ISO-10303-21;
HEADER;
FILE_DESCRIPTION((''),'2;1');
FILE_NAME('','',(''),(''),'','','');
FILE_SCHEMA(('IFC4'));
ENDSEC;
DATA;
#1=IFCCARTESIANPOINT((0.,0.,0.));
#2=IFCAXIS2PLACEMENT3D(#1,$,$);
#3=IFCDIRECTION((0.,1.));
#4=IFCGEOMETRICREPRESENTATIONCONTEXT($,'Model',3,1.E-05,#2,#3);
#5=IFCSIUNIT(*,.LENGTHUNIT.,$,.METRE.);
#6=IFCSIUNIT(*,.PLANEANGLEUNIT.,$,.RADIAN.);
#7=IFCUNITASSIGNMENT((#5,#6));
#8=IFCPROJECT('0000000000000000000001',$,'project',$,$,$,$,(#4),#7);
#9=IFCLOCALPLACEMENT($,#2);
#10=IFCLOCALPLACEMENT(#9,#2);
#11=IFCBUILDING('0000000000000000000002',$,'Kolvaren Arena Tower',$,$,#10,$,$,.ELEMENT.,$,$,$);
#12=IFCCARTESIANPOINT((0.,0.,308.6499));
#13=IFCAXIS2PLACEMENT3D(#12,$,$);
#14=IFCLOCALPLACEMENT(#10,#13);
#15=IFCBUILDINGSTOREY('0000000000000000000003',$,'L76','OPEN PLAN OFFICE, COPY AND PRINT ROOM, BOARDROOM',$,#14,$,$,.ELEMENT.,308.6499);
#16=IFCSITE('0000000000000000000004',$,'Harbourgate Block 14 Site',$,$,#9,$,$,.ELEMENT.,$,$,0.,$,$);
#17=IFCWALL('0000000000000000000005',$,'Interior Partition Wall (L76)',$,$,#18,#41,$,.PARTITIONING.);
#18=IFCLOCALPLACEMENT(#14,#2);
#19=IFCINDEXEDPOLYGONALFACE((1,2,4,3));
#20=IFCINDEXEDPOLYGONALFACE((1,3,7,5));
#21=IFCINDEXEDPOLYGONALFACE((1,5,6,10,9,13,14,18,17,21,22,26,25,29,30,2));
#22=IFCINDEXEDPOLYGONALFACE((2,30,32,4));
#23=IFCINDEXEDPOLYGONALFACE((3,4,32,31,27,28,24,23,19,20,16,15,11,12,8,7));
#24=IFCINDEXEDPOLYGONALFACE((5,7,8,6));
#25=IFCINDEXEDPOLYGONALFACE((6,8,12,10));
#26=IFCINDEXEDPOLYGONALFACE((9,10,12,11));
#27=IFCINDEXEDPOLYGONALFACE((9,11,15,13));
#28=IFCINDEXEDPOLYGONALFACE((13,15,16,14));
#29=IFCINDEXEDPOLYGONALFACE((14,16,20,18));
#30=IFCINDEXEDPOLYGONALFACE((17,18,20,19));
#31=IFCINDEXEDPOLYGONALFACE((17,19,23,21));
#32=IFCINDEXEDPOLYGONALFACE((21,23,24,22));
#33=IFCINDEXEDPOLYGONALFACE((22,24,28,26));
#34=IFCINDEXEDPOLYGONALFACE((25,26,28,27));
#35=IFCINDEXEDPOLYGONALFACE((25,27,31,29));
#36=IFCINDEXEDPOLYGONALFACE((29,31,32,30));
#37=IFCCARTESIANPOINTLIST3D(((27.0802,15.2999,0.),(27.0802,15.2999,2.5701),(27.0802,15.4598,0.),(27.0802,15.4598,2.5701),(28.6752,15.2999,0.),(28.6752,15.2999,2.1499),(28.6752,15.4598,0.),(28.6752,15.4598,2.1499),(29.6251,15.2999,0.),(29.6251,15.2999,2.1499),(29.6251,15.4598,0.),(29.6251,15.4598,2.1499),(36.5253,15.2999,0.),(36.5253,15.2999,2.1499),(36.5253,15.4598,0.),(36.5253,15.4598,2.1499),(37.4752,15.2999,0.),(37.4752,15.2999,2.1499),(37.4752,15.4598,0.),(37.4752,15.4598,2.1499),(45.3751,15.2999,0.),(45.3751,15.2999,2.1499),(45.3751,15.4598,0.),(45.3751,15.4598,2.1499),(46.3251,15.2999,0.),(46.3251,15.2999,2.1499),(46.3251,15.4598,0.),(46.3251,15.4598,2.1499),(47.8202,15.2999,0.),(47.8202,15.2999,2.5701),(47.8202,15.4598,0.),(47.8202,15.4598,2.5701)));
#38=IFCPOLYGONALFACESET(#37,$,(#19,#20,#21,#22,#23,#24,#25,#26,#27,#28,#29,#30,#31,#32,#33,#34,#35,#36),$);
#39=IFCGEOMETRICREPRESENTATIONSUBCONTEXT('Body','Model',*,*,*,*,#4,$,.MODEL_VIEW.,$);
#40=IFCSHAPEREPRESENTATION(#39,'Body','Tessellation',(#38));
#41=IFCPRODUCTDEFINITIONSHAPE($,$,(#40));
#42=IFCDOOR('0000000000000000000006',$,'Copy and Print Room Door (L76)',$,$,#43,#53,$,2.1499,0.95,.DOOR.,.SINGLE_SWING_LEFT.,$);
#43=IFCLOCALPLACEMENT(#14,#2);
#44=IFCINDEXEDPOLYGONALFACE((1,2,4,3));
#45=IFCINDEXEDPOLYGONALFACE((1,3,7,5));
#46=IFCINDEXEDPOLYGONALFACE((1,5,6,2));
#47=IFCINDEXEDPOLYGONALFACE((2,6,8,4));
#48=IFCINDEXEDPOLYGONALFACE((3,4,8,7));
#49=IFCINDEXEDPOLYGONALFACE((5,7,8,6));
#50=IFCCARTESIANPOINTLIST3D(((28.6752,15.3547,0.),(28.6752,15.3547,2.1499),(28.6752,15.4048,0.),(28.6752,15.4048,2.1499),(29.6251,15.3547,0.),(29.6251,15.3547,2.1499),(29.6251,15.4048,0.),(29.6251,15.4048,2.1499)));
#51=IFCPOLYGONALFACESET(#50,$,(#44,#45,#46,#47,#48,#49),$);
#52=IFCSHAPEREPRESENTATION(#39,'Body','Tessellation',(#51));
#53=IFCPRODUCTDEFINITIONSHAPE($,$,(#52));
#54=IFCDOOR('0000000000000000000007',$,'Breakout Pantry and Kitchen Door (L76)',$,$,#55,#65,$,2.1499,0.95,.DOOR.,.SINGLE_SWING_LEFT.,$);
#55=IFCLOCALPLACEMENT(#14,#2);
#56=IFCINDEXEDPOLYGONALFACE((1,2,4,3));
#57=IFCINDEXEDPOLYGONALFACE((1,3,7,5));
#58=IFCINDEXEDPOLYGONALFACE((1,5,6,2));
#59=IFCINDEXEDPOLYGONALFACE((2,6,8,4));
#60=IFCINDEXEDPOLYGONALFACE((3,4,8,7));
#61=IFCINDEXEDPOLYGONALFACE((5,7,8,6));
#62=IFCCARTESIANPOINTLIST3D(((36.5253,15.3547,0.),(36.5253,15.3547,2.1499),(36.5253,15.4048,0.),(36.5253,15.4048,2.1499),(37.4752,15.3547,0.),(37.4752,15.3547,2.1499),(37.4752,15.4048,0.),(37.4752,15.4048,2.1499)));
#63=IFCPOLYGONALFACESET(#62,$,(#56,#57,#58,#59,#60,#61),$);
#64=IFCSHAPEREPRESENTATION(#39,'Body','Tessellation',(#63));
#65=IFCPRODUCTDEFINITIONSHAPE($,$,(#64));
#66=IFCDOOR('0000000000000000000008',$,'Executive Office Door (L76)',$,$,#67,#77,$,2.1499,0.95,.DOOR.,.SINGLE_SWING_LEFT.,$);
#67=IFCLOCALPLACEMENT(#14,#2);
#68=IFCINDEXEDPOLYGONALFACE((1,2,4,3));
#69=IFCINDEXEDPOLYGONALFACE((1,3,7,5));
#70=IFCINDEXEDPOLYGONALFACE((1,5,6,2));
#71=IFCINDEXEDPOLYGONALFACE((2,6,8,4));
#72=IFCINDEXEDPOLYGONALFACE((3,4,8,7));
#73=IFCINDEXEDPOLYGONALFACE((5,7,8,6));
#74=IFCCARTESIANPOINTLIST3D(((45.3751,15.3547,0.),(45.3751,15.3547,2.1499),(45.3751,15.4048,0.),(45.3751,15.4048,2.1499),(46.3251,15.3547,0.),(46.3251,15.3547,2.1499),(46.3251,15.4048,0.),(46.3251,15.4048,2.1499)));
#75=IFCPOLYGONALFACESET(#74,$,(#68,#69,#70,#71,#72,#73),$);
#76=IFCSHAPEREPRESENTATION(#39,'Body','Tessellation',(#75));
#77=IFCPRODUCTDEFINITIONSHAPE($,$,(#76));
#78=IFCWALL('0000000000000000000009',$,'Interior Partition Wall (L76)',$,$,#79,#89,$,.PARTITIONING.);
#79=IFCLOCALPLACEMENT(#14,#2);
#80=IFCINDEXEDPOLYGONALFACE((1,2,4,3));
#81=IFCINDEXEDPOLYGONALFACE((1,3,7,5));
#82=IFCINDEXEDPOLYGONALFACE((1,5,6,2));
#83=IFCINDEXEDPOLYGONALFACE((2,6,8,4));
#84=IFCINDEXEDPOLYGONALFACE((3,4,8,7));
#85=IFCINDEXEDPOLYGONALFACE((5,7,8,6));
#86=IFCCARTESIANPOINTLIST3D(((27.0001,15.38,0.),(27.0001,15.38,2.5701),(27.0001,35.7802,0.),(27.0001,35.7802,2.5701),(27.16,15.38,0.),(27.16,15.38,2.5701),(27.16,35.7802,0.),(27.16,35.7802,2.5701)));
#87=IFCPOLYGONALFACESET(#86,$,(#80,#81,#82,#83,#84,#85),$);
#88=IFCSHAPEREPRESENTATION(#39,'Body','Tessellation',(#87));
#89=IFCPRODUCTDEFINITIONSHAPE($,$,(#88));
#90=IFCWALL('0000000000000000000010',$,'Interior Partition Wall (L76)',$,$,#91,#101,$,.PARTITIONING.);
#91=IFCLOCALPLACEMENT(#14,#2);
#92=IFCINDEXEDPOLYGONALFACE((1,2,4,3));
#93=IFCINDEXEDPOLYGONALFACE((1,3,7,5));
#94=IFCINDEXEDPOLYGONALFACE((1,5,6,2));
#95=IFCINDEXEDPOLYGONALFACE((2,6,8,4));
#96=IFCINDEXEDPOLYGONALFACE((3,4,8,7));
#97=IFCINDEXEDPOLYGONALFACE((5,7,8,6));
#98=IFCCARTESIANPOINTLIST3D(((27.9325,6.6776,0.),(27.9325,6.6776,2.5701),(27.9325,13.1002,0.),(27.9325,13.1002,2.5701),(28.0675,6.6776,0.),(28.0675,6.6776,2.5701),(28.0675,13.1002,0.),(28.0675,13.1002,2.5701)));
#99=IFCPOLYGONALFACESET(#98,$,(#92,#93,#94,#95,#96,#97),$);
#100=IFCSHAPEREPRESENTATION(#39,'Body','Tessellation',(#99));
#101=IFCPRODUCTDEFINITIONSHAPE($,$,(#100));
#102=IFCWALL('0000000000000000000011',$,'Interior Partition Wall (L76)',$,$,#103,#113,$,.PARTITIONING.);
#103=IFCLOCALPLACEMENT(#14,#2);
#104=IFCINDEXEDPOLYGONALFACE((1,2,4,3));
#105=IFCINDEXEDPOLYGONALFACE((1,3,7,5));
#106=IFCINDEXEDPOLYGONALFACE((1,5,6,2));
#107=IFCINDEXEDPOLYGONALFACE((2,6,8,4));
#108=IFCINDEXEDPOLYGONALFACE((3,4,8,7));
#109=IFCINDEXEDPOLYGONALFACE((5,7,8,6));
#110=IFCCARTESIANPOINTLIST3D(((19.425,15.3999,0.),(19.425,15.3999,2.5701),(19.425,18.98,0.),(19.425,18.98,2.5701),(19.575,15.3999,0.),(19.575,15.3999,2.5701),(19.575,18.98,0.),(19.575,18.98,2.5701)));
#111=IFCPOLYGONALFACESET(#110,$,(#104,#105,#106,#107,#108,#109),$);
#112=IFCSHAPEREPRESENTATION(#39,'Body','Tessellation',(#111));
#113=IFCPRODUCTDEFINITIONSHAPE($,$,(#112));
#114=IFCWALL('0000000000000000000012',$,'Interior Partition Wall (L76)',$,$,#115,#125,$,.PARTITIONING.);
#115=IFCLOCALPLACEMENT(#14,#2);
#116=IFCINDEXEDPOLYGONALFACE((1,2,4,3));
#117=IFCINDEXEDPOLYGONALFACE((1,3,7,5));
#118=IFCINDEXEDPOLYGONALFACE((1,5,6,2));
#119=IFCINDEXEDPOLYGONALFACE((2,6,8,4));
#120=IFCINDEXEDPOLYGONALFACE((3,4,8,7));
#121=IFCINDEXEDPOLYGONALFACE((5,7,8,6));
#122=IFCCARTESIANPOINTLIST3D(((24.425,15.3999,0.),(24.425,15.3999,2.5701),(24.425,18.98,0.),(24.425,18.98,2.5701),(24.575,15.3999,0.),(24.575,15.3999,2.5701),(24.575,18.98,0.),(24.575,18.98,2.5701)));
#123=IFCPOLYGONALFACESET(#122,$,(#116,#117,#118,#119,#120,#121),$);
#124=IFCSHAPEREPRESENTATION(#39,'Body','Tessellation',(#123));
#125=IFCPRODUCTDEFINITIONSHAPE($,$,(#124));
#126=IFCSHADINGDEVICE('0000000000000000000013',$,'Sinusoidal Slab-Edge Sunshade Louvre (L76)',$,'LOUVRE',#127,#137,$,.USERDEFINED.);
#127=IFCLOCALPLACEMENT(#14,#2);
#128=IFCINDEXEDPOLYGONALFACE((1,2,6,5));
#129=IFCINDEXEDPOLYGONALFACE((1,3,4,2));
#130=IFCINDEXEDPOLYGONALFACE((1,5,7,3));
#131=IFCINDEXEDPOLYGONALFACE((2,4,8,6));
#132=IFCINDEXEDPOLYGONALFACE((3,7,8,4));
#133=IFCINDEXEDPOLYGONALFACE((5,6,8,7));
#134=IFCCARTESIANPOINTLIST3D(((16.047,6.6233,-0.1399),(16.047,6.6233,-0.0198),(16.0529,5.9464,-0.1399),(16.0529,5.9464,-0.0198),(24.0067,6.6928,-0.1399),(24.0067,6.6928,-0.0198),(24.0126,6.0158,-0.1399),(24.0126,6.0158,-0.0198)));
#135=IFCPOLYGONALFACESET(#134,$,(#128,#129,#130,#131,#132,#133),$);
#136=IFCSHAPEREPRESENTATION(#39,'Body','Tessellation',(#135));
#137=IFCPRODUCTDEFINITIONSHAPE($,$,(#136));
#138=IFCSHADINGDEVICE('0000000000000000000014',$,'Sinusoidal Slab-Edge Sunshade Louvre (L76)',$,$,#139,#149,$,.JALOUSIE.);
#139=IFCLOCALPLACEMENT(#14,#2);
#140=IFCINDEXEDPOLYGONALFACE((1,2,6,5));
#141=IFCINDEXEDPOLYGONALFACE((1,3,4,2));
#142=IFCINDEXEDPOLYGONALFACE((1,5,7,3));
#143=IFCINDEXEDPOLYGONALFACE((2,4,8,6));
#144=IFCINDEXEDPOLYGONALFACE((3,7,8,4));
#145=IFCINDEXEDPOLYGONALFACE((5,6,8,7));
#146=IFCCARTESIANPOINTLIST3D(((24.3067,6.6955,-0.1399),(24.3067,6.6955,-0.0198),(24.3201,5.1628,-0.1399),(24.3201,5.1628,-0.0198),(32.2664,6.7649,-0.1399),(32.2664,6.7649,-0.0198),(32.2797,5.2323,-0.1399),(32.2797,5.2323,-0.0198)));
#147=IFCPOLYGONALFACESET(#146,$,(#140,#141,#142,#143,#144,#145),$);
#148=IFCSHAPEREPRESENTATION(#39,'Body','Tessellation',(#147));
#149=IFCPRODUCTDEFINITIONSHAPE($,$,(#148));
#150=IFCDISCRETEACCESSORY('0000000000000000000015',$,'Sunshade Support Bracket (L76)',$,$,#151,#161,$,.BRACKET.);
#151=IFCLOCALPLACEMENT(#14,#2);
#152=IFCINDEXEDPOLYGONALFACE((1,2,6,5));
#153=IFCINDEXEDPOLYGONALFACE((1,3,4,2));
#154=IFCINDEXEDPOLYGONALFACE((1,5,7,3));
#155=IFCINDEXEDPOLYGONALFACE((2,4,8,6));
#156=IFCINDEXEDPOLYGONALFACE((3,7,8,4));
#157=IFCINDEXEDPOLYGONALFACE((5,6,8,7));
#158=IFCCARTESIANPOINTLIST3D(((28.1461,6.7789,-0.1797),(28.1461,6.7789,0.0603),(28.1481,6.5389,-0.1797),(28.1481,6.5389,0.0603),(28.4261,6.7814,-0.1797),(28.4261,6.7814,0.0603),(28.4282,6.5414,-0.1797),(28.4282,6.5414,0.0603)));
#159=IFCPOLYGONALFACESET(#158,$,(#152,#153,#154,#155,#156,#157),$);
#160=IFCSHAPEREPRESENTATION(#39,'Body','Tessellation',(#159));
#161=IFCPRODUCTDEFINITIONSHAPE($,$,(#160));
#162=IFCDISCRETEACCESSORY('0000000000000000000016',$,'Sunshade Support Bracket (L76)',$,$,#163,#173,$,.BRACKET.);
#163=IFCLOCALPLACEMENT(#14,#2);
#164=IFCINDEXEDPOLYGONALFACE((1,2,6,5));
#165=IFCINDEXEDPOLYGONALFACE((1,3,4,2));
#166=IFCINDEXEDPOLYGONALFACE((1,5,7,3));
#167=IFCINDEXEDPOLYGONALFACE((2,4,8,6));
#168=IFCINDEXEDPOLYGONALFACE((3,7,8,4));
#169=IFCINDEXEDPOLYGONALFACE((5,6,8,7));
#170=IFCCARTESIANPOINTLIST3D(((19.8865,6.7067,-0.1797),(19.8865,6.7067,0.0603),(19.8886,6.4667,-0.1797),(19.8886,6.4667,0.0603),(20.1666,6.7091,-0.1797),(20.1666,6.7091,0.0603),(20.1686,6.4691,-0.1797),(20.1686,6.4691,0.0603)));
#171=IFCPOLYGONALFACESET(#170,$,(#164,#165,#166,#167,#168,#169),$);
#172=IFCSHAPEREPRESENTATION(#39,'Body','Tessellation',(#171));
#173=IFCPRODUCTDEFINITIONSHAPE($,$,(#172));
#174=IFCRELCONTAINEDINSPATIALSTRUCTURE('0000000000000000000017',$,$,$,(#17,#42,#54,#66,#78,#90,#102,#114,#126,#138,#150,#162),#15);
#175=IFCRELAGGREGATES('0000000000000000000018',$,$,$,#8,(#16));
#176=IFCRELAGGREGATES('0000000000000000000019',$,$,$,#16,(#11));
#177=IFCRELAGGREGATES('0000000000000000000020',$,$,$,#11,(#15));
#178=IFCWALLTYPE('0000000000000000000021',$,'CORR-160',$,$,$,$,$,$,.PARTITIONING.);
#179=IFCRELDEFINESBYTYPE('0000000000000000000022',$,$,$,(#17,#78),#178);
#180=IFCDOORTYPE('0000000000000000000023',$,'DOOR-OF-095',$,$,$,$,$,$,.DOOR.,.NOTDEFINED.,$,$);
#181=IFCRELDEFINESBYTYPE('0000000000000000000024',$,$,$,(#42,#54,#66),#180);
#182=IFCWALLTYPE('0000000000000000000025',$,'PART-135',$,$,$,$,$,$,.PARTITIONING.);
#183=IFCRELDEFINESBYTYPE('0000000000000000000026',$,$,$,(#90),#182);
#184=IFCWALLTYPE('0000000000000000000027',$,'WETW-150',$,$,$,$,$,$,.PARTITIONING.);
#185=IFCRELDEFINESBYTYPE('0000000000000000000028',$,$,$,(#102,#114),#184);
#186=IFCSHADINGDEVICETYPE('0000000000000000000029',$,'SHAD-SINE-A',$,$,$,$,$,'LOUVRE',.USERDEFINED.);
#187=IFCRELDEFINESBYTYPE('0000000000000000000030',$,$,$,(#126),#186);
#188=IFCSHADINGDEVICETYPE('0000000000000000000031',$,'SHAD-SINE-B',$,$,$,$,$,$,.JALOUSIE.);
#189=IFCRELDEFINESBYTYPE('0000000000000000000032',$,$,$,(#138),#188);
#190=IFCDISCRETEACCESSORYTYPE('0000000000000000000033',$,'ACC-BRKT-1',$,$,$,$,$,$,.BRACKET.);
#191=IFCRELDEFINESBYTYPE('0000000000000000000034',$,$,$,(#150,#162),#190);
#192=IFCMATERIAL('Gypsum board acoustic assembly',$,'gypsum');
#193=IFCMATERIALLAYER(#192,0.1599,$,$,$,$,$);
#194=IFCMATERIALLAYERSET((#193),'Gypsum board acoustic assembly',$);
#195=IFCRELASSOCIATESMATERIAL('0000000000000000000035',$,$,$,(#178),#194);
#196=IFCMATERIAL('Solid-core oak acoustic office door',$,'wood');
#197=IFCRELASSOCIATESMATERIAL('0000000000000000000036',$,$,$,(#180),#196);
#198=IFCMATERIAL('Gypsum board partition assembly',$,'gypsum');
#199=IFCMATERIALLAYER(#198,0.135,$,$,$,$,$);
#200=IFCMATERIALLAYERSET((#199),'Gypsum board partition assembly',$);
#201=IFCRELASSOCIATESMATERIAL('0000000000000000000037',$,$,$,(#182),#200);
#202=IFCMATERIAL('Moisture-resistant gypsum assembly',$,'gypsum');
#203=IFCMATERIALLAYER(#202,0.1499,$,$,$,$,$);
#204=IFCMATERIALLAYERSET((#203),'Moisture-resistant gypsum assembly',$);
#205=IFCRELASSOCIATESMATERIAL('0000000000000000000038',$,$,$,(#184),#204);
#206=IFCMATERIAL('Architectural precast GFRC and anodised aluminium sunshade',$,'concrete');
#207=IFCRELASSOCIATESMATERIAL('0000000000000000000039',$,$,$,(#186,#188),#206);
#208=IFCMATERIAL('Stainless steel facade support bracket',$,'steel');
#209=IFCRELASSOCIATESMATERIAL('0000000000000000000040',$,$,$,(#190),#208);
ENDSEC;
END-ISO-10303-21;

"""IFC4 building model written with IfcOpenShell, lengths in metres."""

from ifc_helpers import new_model, si_unit, direction, frame, frame_2d, origin, origin_2d, place, context, subcontext, project, spatial, rectangle, extrude, material, layer, layer_set, type_object, element, fill, save


model = new_model("IFC4")

# Units and contexts
model_context = context("Model", 3, precision=1e-05, world=origin(), true_north=direction((0.0, 1.0)))
body_context = subcontext(model_context, "Body", "Model", "MODEL_VIEW")
ifc_project = project(units=[si_unit("LENGTHUNIT", "METRE"), si_unit("PLANEANGLEUNIT", "RADIAN")], contexts=[model_context])

# Site, building, storey
site_placement = place(None, origin())
site = spatial("IfcSite", under=ifc_project, at=site_placement, Name="Harbourgate Block 14 Site", CompositionType="ELEMENT", RefElevation=0.0)
building_placement = place(site_placement, origin())
building = spatial("IfcBuilding", under=site, at=building_placement, Name="Kolvaren Arena Tower", CompositionType="ELEMENT")
storey_placement = place(building_placement, frame((0.0, 0.0, 308.6499)))
storey = spatial("IfcBuildingStorey", under=building, at=storey_placement, Name="L76", Description="OPEN PLAN OFFICE, COPY AND PRINT ROOM, BOARDROOM", CompositionType="ELEMENT", Elevation=308.6499)

# Wall, openings, doors
ifc_material_1 = material(Name="Gypsum board acoustic assembly", Category="gypsum")
ifc_layer_1 = layer(ifc_material_1, 0.1599)
ifc_layer_set_1 = layer_set([ifc_layer_1], Name="Gypsum board acoustic assembly")
wall_type_1 = type_object("IfcWallType", Name="CORR-160", PredefinedType="PARTITIONING", material=ifc_layer_set_1)
wall_1_placement = place(storey_placement, frame((27.0801, 15.3799, 0.0), z_axis=(0.0, 0.0, 1.0), x_axis=(1.0, 0.0, 0.0)))
wall_1 = element("IfcWall", 1, at=wall_1_placement, inside=storey, type_object=wall_type_1, Name="Interior Partition Wall (L76)", PredefinedType="PARTITIONING", context=body_context, shape_type="SweptSolid", body=[
    extrude(rectangle(XDim=20.74, YDim=0.1599, at=frame_2d((10.3701, 0.0))), origin(), (0.0, 0.0, 1.0), 2.5701),
])
opening_1_placement = place(wall_1_placement, frame((1.595, 0.0, 0.0)))
opening_1 = element("IfcOpeningElement", 2, at=opening_1_placement, cuts=wall_1, PredefinedType="OPENING", context=body_context, shape_type="SweptSolid", body=[
    extrude(rectangle(XDim=0.95, YDim=2.1499, at=frame_2d((0.4751, 1.075))), frame((0.0, 0.0898, 0.0), z_axis=(0.0, -1.0, 0.0), x_axis=(1.0, 0.0, 0.0)), (0.0, 0.0, 1.0), 0.1799),
])
opening_2_placement = place(wall_1_placement, frame((9.4451, 0.0, 0.0)))
opening_2 = element("IfcOpeningElement", 3, at=opening_2_placement, cuts=wall_1, PredefinedType="OPENING", context=body_context, shape_type="SweptSolid", body=[
    extrude(rectangle(XDim=0.95, YDim=2.1499, at=frame_2d((0.4751, 1.075))), frame((0.0, 0.0898, 0.0), z_axis=(0.0, -1.0, 0.0), x_axis=(1.0, 0.0, 0.0)), (0.0, 0.0, 1.0), 0.1799),
])
opening_3_placement = place(wall_1_placement, frame((18.2949, 0.0, 0.0)))
opening_3 = element("IfcOpeningElement", 4, at=opening_3_placement, cuts=wall_1, PredefinedType="OPENING", context=body_context, shape_type="SweptSolid", body=[
    extrude(rectangle(XDim=0.95, YDim=2.1499, at=frame_2d((0.4751, 1.075))), frame((0.0, 0.0898, 0.0), z_axis=(0.0, -1.0, 0.0), x_axis=(1.0, 0.0, 0.0)), (0.0, 0.0, 1.0), 0.1799),
])
ifc_material_2 = material(Name="Solid-core oak acoustic office door", Category="wood")
door_type = type_object("IfcDoorType", Name="DOOR-OF-095", OperationType="NOTDEFINED", PredefinedType="DOOR", material=ifc_material_2)
door_1_placement = place(opening_1_placement, origin())
door_1 = element("IfcDoor", 5, at=door_1_placement, inside=storey, type_object=door_type, Name="Copy and Print Room Door (L76)", OperationType="SINGLE_SWING_LEFT", OverallHeight=2.1499, OverallWidth=0.95, PredefinedType="DOOR", context=body_context, shape_type="SweptSolid", body=[
    extrude(rectangle(XDim=0.95, YDim=2.1499, at=frame_2d((0.4751, 1.075))), frame((0.0, 0.0249, 0.0), z_axis=(0.0, -1.0, 0.0), x_axis=(1.0, 0.0, 0.0)), (0.0, 0.0, 1.0), 0.05),
])
fill(opening_1, door_1)
door_2_placement = place(opening_2_placement, origin())
door_2 = element("IfcDoor", 6, at=door_2_placement, inside=storey, type_object=door_type, Name="Breakout Pantry and Kitchen Door (L76)", OperationType="SINGLE_SWING_LEFT", OverallHeight=2.1499, OverallWidth=0.95, PredefinedType="DOOR", context=body_context, shape_type="SweptSolid", body=[
    extrude(rectangle(XDim=0.95, YDim=2.1499, at=frame_2d((0.4751, 1.075))), frame((0.0, 0.0249, 0.0), z_axis=(0.0, -1.0, 0.0), x_axis=(1.0, 0.0, 0.0)), (0.0, 0.0, 1.0), 0.05),
])
fill(opening_2, door_2)
door_3_placement = place(opening_3_placement, origin())
door_3 = element("IfcDoor", 7, at=door_3_placement, inside=storey, type_object=door_type, Name="Executive Office Door (L76)", OperationType="SINGLE_SWING_LEFT", OverallHeight=2.1499, OverallWidth=0.95, PredefinedType="DOOR", context=body_context, shape_type="SweptSolid", body=[
    extrude(rectangle(XDim=0.95, YDim=2.1499, at=frame_2d((0.4751, 1.075))), frame((0.0, 0.0249, 0.0), z_axis=(0.0, -1.0, 0.0), x_axis=(1.0, 0.0, 0.0)), (0.0, 0.0, 1.0), 0.05),
])
fill(opening_3, door_3)

# Walls
wall_2_placement = place(storey_placement, frame((27.0801, 15.3799, 0.0), z_axis=(0.0, 0.0, 1.0), x_axis=(0.0, 1.0, 0.0)))
element("IfcWall", 8, at=wall_2_placement, inside=storey, type_object=wall_type_1, Name="Interior Partition Wall (L76)", PredefinedType="PARTITIONING", context=body_context, shape_type="SweptSolid", body=[
    extrude(rectangle(XDim=20.4001, YDim=0.1599, at=frame_2d((10.2002, 0.0))), origin(), (0.0, 0.0, 1.0), 2.5701),
])
ifc_material_3 = material(Name="Gypsum board partition assembly", Category="gypsum")
ifc_layer_2 = layer(ifc_material_3, 0.135)
ifc_layer_set_2 = layer_set([ifc_layer_2], Name="Gypsum board partition assembly")
wall_type_2 = type_object("IfcWallType", Name="PART-135", PredefinedType="PARTITIONING", material=ifc_layer_set_2)
wall_3_placement = place(storey_placement, frame((28.0, 6.6775, 0.0), z_axis=(0.0, 0.0, 1.0), x_axis=(0.0, 1.0, 0.0)))
element("IfcWall", 9, at=wall_3_placement, inside=storey, type_object=wall_type_2, Name="Interior Partition Wall (L76)", PredefinedType="PARTITIONING", context=body_context, shape_type="SweptSolid", body=[
    extrude(rectangle(XDim=6.4226, YDim=0.135, at=frame_2d((3.2114, 0.0))), origin(), (0.0, 0.0, 1.0), 2.5701),
])
ifc_material_4 = material(Name="Moisture-resistant gypsum assembly", Category="gypsum")
ifc_layer_3 = layer(ifc_material_4, 0.1499)
ifc_layer_set_3 = layer_set([ifc_layer_3], Name="Moisture-resistant gypsum assembly")
wall_type_3 = type_object("IfcWallType", Name="WETW-150", PredefinedType="PARTITIONING", material=ifc_layer_set_3)
for number, where, z_axis, x_axis, name in (
    (10, (19.5, 15.3999, 0.0), (0.0, 0.0, 1.0), (0.0, 1.0, 0.0), "Interior Partition Wall (L76)"),
    (11, (24.5, 15.3999, 0.0), (0.0, 0.0, 1.0), (0.0, 1.0, 0.0), "Interior Partition Wall (L76)"),
):
    element("IfcWall", number, at=place(storey_placement, frame(where, z_axis=z_axis, x_axis=x_axis)), inside=storey, type_object=wall_type_3, Name=name, PredefinedType="PARTITIONING", context=body_context, shape_type="SweptSolid", body=[
        extrude(rectangle(XDim=3.5801, YDim=0.1499, at=frame_2d((1.79, 0.0))), origin(), (0.0, 0.0, 1.0), 2.5701),
    ])

# Shading devices
ifc_material_5 = material(Name="Architectural precast GFRC and anodised aluminium sunshade", Category="concrete")
shading_device_type_1 = type_object("IfcShadingDeviceType", Name="SHAD-SINE-A", ElementType="LOUVRE", PredefinedType="USERDEFINED", material=ifc_material_5)
shading_device_1_placement = place(storey_placement, frame((20.0298, 6.3196, -0.1399), z_axis=(0.0, 0.0, 1.0), x_axis=(-0.999962, -0.008727, 0.0)))
element("IfcShadingDevice", 12, at=shading_device_1_placement, inside=storey, type_object=shading_device_type_1, Name="Sinusoidal Slab-Edge Sunshade Louvre (L76)", ObjectType="LOUVRE", PredefinedType="USERDEFINED", context=body_context, shape_type="SweptSolid", body=[
    extrude(rectangle(XDim=7.96, YDim=0.677, at=origin_2d()), origin(), (0.0, 0.0, 1.0), 0.1201),
])
shading_device_type_2 = type_object("IfcShadingDeviceType", Name="SHAD-SINE-B", PredefinedType="JALOUSIE", material=ifc_material_5)
shading_device_2_placement = place(storey_placement, frame((28.2932, 5.9639, -0.1399), z_axis=(0.0, 0.0, 1.0), x_axis=(-0.999962, -0.008727, 0.0)))
element("IfcShadingDevice", 13, at=shading_device_2_placement, inside=storey, type_object=shading_device_type_2, Name="Sinusoidal Slab-Edge Sunshade Louvre (L76)", PredefinedType="JALOUSIE", context=body_context, shape_type="SweptSolid", body=[
    extrude(rectangle(XDim=7.96, YDim=1.5327, at=origin_2d()), origin(), (0.0, 0.0, 1.0), 0.1201),
])

# Discrete accessories
ifc_material_6 = material(Name="Stainless steel facade support bracket", Category="steel")
discrete_accessory_type = type_object("IfcDiscreteAccessoryType", Name="ACC-BRKT-1", PredefinedType="BRACKET", material=ifc_material_6)
for number, where, z_axis, x_axis, name in (
    (14, (28.2871, 6.6602, -0.1797), (0.0, 0.0, 1.0), (-0.999962, -0.008727, 0.0), "Sunshade Support Bracket (L76)"),
    (15, (20.0276, 6.5879, -0.1797), (0.0, 0.0, 1.0), (-0.999962, -0.008727, 0.0), "Sunshade Support Bracket (L76)"),
):
    element("IfcDiscreteAccessory", number, at=place(storey_placement, frame(where, z_axis=z_axis, x_axis=x_axis)), inside=storey, type_object=discrete_accessory_type, Name=name, PredefinedType="BRACKET", context=body_context, shape_type="SweptSolid", body=[
        extrude(rectangle(XDim=0.28, YDim=0.24, at=origin_2d()), origin(), (0.0, 0.0, 1.0), 0.24),
    ])

save(model, "model.ifc")
